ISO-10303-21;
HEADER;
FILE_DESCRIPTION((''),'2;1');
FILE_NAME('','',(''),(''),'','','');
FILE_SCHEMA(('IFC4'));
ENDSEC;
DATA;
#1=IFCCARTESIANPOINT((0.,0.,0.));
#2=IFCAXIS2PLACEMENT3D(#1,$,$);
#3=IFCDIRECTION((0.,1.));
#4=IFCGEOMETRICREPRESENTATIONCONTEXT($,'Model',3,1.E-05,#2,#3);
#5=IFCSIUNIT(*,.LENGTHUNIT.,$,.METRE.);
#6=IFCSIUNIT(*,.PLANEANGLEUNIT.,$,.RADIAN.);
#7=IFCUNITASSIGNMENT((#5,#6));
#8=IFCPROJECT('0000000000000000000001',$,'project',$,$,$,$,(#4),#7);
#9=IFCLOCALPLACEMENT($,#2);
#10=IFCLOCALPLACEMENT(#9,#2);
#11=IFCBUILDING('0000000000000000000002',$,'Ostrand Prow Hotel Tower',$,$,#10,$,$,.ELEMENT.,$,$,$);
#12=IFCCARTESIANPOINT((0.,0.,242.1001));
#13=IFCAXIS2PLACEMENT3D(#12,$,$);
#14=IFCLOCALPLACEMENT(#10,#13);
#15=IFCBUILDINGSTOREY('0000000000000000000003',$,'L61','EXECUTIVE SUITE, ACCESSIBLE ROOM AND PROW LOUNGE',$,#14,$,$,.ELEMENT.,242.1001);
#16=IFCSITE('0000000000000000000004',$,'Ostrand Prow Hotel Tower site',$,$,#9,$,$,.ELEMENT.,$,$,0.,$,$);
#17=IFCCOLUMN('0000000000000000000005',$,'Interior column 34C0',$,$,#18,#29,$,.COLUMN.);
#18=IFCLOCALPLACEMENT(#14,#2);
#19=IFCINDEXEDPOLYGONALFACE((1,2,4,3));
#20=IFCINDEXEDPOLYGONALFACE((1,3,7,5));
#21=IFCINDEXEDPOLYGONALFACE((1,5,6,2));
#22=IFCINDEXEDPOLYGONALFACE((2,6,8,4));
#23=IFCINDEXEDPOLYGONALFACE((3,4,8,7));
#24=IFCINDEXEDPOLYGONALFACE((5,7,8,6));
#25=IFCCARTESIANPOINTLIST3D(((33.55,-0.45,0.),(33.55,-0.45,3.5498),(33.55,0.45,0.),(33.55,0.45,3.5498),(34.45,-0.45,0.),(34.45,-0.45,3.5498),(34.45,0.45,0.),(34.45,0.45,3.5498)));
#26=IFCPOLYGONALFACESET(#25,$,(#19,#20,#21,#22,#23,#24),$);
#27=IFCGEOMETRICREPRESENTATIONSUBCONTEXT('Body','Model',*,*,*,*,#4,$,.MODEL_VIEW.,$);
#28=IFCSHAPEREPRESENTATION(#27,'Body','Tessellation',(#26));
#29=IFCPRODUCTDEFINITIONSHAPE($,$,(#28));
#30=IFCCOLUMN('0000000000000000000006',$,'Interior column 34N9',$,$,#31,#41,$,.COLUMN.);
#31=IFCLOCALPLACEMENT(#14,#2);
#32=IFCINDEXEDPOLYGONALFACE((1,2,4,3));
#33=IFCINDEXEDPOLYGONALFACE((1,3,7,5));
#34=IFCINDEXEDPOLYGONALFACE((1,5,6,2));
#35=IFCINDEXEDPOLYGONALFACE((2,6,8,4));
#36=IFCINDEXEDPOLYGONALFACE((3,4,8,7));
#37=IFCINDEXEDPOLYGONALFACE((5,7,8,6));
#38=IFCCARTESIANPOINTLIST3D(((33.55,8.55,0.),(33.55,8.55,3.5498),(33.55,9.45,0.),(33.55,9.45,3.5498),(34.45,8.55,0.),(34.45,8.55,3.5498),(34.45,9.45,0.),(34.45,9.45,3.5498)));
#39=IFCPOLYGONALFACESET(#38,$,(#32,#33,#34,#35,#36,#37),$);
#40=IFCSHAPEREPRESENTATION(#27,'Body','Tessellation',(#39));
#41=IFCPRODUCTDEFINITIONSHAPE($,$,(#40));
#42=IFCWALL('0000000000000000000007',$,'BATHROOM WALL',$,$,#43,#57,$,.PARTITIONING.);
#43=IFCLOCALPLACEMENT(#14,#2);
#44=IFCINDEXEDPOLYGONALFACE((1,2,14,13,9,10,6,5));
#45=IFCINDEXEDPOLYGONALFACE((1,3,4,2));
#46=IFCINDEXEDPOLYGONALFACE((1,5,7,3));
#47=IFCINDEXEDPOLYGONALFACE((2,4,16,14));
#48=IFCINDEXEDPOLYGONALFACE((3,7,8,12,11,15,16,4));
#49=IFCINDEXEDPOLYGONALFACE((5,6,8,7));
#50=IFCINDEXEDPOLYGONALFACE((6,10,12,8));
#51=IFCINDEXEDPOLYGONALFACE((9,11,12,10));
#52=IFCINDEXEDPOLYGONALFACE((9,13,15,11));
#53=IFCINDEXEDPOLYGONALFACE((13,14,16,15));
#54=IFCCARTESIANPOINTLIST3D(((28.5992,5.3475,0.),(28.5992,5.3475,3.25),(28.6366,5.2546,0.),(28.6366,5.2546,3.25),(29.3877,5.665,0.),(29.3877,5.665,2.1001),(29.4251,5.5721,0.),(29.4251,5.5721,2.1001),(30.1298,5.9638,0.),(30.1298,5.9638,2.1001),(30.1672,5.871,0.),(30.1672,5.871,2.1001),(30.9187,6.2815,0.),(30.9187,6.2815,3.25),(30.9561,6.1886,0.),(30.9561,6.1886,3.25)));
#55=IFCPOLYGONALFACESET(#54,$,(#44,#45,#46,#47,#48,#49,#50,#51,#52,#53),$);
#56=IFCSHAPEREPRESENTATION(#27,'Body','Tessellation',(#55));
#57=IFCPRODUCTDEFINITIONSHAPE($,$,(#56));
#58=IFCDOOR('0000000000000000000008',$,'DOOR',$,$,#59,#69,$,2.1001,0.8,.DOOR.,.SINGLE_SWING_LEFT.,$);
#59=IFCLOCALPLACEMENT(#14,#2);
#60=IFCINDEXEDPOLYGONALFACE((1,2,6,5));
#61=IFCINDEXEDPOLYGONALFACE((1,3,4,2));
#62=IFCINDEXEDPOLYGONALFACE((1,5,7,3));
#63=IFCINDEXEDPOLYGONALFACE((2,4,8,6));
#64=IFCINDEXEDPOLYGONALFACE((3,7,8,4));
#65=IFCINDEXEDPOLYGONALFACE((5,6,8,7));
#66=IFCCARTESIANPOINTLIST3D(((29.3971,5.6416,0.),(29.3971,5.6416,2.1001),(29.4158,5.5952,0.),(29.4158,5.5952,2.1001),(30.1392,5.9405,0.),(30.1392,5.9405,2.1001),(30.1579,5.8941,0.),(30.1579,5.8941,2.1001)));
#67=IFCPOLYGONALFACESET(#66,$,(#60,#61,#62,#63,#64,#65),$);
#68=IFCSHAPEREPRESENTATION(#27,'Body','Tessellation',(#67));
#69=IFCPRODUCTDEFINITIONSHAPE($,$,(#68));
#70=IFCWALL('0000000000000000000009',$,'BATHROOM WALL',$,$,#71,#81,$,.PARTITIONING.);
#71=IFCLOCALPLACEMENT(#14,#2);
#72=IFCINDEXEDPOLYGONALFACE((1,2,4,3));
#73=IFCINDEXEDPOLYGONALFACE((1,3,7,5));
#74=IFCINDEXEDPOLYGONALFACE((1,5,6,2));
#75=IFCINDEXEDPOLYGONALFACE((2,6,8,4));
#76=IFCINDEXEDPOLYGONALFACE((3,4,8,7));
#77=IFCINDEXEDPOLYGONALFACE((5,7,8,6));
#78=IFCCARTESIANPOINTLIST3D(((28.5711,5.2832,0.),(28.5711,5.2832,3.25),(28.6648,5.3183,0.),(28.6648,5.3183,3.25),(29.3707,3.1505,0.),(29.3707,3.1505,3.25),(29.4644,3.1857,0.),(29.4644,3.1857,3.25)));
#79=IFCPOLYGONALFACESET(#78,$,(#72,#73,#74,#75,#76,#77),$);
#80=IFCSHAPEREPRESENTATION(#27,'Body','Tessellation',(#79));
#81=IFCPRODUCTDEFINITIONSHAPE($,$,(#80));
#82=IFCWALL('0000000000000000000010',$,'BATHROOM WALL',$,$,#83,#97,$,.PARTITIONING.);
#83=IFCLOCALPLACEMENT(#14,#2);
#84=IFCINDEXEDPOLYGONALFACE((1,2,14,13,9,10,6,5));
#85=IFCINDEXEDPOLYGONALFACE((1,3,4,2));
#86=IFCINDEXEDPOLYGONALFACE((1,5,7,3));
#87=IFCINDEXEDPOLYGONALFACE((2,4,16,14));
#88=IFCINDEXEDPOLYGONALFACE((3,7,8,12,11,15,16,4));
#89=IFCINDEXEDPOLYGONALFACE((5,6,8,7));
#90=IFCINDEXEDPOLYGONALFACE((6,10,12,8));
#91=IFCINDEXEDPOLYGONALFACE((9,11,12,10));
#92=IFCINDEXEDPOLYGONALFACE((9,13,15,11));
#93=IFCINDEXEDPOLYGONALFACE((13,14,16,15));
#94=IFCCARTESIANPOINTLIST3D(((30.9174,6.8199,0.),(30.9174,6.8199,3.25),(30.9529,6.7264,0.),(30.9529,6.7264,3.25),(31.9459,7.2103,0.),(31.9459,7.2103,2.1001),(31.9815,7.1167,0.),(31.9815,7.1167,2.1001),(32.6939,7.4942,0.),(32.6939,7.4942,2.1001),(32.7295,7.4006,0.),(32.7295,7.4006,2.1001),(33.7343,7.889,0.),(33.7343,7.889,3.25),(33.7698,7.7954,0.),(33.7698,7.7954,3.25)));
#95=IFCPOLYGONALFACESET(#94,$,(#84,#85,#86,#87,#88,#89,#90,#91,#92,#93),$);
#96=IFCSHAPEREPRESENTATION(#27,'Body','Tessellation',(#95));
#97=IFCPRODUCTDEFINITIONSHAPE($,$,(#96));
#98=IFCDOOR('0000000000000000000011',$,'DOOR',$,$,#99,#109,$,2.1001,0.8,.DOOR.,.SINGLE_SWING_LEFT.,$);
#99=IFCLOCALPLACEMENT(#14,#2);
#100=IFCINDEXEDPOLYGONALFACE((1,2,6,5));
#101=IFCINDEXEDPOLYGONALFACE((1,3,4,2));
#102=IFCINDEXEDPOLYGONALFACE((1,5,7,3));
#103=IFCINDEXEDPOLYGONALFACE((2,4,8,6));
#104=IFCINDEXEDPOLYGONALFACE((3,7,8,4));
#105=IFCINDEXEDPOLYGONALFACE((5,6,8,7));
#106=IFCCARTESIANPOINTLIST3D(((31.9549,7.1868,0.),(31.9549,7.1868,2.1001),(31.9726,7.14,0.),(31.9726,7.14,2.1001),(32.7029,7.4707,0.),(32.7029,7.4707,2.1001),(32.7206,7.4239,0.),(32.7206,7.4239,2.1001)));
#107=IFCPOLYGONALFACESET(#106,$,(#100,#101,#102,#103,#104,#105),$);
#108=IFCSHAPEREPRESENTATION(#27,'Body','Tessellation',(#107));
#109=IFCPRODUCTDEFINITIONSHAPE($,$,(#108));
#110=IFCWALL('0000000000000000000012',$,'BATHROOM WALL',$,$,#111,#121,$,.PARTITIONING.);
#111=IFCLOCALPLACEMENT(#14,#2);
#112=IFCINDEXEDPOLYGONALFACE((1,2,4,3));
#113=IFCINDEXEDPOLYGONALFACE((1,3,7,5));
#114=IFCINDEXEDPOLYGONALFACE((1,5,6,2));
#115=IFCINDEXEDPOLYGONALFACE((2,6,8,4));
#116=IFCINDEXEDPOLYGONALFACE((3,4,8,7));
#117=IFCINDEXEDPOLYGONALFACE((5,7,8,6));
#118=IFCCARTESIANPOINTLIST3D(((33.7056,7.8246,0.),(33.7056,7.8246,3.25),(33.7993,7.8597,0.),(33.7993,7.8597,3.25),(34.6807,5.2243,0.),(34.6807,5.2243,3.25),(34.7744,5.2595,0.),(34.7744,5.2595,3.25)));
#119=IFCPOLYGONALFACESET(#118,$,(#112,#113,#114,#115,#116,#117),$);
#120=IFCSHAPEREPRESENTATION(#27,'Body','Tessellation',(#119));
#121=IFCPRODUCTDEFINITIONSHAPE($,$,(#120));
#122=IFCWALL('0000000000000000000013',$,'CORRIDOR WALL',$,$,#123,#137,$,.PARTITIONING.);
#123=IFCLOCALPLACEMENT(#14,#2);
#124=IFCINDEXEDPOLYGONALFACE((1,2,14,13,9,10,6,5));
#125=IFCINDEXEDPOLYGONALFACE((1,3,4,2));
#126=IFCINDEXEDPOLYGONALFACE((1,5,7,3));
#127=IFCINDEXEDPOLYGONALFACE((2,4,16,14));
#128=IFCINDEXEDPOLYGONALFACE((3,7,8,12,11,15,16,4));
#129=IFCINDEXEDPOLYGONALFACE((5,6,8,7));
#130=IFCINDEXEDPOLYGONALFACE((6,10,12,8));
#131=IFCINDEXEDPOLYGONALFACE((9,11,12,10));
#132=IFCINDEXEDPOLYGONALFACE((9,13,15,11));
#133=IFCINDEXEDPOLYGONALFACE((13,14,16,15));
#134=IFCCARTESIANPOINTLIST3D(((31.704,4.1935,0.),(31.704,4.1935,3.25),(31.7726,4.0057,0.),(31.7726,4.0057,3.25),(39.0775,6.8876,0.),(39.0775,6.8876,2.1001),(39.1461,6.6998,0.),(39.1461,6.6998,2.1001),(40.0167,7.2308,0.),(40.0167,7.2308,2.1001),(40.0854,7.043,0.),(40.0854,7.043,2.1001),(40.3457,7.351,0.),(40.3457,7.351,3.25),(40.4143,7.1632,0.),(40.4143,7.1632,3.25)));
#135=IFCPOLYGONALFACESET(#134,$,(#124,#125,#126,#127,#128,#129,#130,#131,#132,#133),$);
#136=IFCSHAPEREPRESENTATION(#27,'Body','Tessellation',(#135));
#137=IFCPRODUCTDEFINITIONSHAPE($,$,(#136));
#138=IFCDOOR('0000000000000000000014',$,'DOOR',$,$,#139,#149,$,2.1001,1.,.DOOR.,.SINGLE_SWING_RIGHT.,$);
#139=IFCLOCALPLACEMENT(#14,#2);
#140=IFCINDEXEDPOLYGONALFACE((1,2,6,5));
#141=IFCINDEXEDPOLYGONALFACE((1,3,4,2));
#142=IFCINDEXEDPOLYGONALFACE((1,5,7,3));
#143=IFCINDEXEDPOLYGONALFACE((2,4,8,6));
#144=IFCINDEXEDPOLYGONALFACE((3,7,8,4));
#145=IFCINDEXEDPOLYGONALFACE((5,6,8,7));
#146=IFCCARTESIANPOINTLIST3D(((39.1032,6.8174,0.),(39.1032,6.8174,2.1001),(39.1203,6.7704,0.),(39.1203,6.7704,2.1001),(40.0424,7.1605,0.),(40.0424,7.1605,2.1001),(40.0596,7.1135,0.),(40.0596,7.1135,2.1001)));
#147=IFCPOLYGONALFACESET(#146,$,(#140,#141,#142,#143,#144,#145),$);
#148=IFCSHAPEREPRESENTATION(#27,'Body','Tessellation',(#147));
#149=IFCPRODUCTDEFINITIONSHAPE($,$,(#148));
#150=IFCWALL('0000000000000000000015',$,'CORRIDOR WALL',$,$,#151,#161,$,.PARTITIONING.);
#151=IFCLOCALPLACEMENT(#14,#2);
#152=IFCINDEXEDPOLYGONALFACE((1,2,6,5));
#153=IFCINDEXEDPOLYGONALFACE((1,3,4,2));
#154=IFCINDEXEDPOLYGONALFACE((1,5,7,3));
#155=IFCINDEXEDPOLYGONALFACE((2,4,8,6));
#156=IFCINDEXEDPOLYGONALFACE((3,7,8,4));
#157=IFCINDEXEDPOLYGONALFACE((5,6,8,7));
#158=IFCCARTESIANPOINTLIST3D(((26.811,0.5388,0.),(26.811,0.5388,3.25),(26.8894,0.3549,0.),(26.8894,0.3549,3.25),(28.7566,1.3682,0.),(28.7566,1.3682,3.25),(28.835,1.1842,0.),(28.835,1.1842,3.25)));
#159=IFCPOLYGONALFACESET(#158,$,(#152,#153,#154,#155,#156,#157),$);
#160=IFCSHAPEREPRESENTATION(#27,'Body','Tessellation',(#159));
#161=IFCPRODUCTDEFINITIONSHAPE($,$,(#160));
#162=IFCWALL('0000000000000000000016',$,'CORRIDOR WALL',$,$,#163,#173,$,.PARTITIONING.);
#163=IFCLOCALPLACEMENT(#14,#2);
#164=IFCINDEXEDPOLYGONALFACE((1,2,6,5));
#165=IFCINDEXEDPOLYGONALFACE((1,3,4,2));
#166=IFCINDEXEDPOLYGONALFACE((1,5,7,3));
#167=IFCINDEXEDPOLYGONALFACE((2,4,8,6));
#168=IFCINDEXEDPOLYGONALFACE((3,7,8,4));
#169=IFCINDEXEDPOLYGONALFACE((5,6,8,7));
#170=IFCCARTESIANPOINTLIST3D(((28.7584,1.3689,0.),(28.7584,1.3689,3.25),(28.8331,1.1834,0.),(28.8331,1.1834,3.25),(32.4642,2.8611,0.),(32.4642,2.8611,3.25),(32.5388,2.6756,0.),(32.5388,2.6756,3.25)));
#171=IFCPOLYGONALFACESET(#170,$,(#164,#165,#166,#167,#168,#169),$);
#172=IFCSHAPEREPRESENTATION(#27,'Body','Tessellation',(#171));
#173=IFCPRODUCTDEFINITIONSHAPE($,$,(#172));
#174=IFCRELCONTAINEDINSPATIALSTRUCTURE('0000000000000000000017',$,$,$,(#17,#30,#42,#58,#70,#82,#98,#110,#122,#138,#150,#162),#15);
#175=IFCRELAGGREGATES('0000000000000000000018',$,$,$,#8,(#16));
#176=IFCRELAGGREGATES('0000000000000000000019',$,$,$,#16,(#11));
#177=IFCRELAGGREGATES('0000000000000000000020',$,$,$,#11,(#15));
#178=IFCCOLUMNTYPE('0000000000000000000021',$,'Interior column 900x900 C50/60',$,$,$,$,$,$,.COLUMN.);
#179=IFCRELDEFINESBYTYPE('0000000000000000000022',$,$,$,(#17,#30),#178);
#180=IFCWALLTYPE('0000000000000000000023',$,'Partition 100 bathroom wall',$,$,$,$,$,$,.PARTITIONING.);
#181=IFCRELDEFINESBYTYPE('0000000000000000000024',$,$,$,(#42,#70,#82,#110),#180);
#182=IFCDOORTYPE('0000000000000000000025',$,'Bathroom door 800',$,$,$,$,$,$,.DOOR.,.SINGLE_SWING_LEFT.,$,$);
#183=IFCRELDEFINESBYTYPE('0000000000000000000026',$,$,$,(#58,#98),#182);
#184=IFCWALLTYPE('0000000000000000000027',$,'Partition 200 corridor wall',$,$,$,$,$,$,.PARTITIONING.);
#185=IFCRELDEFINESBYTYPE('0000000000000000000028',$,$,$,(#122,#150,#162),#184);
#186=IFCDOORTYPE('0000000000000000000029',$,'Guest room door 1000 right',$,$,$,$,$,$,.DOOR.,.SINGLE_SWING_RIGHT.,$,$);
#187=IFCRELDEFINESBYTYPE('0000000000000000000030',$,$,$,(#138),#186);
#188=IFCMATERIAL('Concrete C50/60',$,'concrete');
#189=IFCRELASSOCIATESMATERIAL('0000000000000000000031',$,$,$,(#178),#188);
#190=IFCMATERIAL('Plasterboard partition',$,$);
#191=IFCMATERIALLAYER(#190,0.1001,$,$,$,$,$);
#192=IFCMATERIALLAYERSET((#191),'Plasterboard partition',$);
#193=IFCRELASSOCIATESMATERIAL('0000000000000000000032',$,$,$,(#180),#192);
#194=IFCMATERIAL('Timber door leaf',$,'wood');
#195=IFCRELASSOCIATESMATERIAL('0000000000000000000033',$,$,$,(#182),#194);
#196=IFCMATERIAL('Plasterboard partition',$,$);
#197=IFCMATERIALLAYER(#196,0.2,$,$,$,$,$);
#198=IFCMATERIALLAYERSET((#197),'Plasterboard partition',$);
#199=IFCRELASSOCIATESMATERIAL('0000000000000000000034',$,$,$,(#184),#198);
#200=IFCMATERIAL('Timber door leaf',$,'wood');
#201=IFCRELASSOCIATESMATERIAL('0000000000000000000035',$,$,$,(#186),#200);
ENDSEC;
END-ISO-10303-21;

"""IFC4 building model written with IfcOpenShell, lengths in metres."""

from ifc_helpers import new_model, si_unit, direction, frame, frame_2d, origin, origin_2d, place, context, subcontext, project, spatial, rectangle, extrude, material, layer, layer_set, material_profile, profile_set, type_object, element, fill, save


model = new_model("IFC4")

# Units and contexts
model_context = context("Model", 3, precision=1e-05, world=origin(), true_north=direction((0.0, 1.0)))
body_context = subcontext(model_context, "Body", "Model", "MODEL_VIEW")
ifc_project = project(units=[si_unit("LENGTHUNIT", "METRE"), si_unit("PLANEANGLEUNIT", "RADIAN")], contexts=[model_context])

# Site, building, storey
site_placement = place(None, origin())
site = spatial("IfcSite", under=ifc_project, at=site_placement, Name="Ostrand Prow Hotel Tower site", CompositionType="ELEMENT", RefElevation=0.0)
building_placement = place(site_placement, origin())
building = spatial("IfcBuilding", under=site, at=building_placement, Name="Ostrand Prow Hotel Tower", CompositionType="ELEMENT")
storey_placement = place(building_placement, frame((0.0, 0.0, 242.1001)))
storey = spatial("IfcBuildingStorey", under=building, at=storey_placement, Name="L61", Description="EXECUTIVE SUITE, ACCESSIBLE ROOM AND PROW LOUNGE", CompositionType="ELEMENT", Elevation=242.1001)

# Columns
ifc_material_1 = material(Name="Concrete C50/60", Category="concrete")
ifc_material_profile = material_profile(ifc_material_1, rectangle(XDim=0.8999, YDim=0.8999, at=origin_2d()), Name="RC 900x900")
ifc_profile_set = profile_set([ifc_material_profile], Name="Concrete C50/60")
column_type = type_object("IfcColumnType", Name="Interior column 900x900 C50/60", PredefinedType="COLUMN", material=ifc_profile_set)
for number, where, z_axis, x_axis, name in (
    (1, (34.0, 0.0, 0.0), (0.0, 0.0, 1.0), (1.0, 0.0, 0.0), "Interior column 34C0"),
    (2, (34.0, 9.0, 0.0), (0.0, 0.0, 1.0), (1.0, 0.0, 0.0), "Interior column 34N9"),
):
    element("IfcColumn", number, at=place(storey_placement, frame(where, z_axis=z_axis, x_axis=x_axis)), inside=storey, type_object=column_type, Name=name, PredefinedType="COLUMN", context=body_context, shape_type="SweptSolid", body=[
        extrude(rectangle(XDim=0.8999, YDim=0.8999, at=origin_2d()), origin(), (0.0, 0.0, 1.0), 3.5498),
    ])

# Wall, opening, door
ifc_material_2 = material(Name="Plasterboard partition")
ifc_layer_1 = layer(ifc_material_2, 0.1001)
ifc_layer_set_1 = layer_set([ifc_layer_1], Name="Plasterboard partition")
wall_type_1 = type_object("IfcWallType", Name="Partition 100 bathroom wall", PredefinedType="PARTITIONING", material=ifc_layer_set_1)
wall_1_placement = place(storey_placement, frame((28.6179, 5.301, 0.0), z_axis=(0.0, 0.0, 1.0), x_axis=(0.927612, 0.373544, 0.0)))
wall_1 = element("IfcWall", 3, at=wall_1_placement, inside=storey, type_object=wall_type_1, Name="BATHROOM WALL", PredefinedType="PARTITIONING", context=body_context, shape_type="SweptSolid", body=[
    extrude(rectangle(XDim=2.5005, YDim=0.1001, at=frame_2d((1.2502, 0.0))), origin(), (0.0, 0.0, 1.0), 3.25),
])
opening_1_placement = place(wall_1_placement, frame((0.8501, 0.0, 0.0)))
opening_1 = element("IfcOpeningElement", 4, at=opening_1_placement, cuts=wall_1, PredefinedType="OPENING", context=body_context, shape_type="SweptSolid", body=[
    extrude(rectangle(XDim=0.8, YDim=2.1001, at=frame_2d((0.3999, 1.05))), frame((0.0, 0.0601, 0.0), z_axis=(0.0, -1.0, 0.0), x_axis=(1.0, 0.0, 0.0)), (0.0, 0.0, 1.0), 0.1201),
])
ifc_material_3 = material(Name="Timber door leaf", Category="wood")
door_type_1 = type_object("IfcDoorType", Name="Bathroom door 800", OperationType="SINGLE_SWING_LEFT", PredefinedType="DOOR", material=ifc_material_3)
door_1_placement = place(opening_1_placement, origin())
door_1 = element("IfcDoor", 5, at=door_1_placement, inside=storey, type_object=door_type_1, Name="DOOR", OperationType="SINGLE_SWING_LEFT", OverallHeight=2.1001, OverallWidth=0.8, PredefinedType="DOOR", context=body_context, shape_type="SweptSolid", body=[
    extrude(rectangle(XDim=0.8, YDim=2.1001, at=frame_2d((0.3999, 1.05))), frame((0.0, 0.0249, 0.0), z_axis=(0.0, -1.0, 0.0), x_axis=(1.0, 0.0, 0.0)), (0.0, 0.0, 1.0), 0.05),
])
fill(opening_1, door_1)

# Wall
wall_2_placement = place(storey_placement, frame((29.4175, 3.1682, 0.0), z_axis=(0.0, 0.0, 1.0), x_axis=(-0.351065, 0.936351, 0.0)))
element("IfcWall", 6, at=wall_2_placement, inside=storey, type_object=wall_type_1, Name="BATHROOM WALL", PredefinedType="PARTITIONING", context=body_context, shape_type="SweptSolid", body=[
    extrude(rectangle(XDim=2.2776, YDim=0.1001, at=frame_2d((1.1387, 0.0))), origin(), (0.0, 0.0, 1.0), 3.25),
])

# Wall, opening, door
wall_3_placement = place(storey_placement, frame((30.9353, 6.7732, 0.0), z_axis=(0.0, 0.0, 1.0), x_axis=(0.93493, 0.354833, 0.0)))
wall_3 = element("IfcWall", 7, at=wall_3_placement, inside=storey, type_object=wall_type_1, Name="BATHROOM WALL", PredefinedType="PARTITIONING", context=body_context, shape_type="SweptSolid", body=[
    extrude(rectangle(XDim=3.0129, YDim=0.1001, at=frame_2d((1.5063, 0.0))), origin(), (0.0, 0.0, 1.0), 3.25),
])
opening_2_placement = place(wall_3_placement, frame((1.1001, 0.0, 0.0)))
opening_2 = element("IfcOpeningElement", 8, at=opening_2_placement, cuts=wall_3, PredefinedType="OPENING", context=body_context, shape_type="SweptSolid", body=[
    extrude(rectangle(XDim=0.8, YDim=2.1001, at=frame_2d((0.3999, 1.05))), frame((0.0, 0.0601, 0.0), z_axis=(0.0, -1.0, 0.0), x_axis=(1.0, 0.0, 0.0)), (0.0, 0.0, 1.0), 0.1201),
])
door_2_placement = place(opening_2_placement, origin())
door_2 = element("IfcDoor", 9, at=door_2_placement, inside=storey, type_object=door_type_1, Name="DOOR", OperationType="SINGLE_SWING_LEFT", OverallHeight=2.1001, OverallWidth=0.8, PredefinedType="DOOR", context=body_context, shape_type="SweptSolid", body=[
    extrude(rectangle(XDim=0.8, YDim=2.1001, at=frame_2d((0.3999, 1.05))), frame((0.0, 0.0249, 0.0), z_axis=(0.0, -1.0, 0.0), x_axis=(1.0, 0.0, 0.0)), (0.0, 0.0, 1.0), 0.05),
])
fill(opening_2, door_2)

# Wall
wall_4_placement = place(storey_placement, frame((33.7524, 7.8423, 0.0), z_axis=(0.0, 0.0, 1.0), x_axis=(0.351114, -0.936333, 0.0)))
element("IfcWall", 10, at=wall_4_placement, inside=storey, type_object=wall_type_1, Name="BATHROOM WALL", PredefinedType="PARTITIONING", context=body_context, shape_type="SweptSolid", body=[
    extrude(rectangle(XDim=2.7771, YDim=0.1001, at=frame_2d((1.3887, 0.0))), origin(), (0.0, 0.0, 1.0), 3.25),
])

# Wall, opening, door
ifc_material_4 = material(Name="Plasterboard partition")
ifc_layer_2 = layer(ifc_material_4, 0.2)
ifc_layer_set_2 = layer_set([ifc_layer_2], Name="Plasterboard partition")
wall_type_2 = type_object("IfcWallType", Name="Partition 200 corridor wall", PredefinedType="PARTITIONING", material=ifc_layer_set_2)
wall_5_placement = place(storey_placement, frame((40.3799, 7.2571, 0.0), z_axis=(0.0, 0.0, 1.0), x_axis=(-0.939266, -0.343189, 0.0)))
wall_5 = element("IfcWall", 11, at=wall_5_placement, inside=storey, type_object=wall_type_2, Name="CORRIDOR WALL", PredefinedType="PARTITIONING", context=body_context, shape_type="SweptSolid", body=[
    extrude(rectangle(XDim=9.2004, YDim=0.2, at=frame_2d((4.6001, 0.0))), origin(), (0.0, 0.0, 1.0), 3.25),
])
opening_3_placement = place(wall_5_placement, frame((0.3501, 0.0, 0.0)))
opening_3 = element("IfcOpeningElement", 12, at=opening_3_placement, cuts=wall_5, PredefinedType="OPENING", context=body_context, shape_type="SweptSolid", body=[
    extrude(rectangle(XDim=1.0, YDim=2.1001, at=frame_2d((0.5, 1.05))), frame((0.0, 0.1099, 0.0), z_axis=(0.0, -1.0, 0.0), x_axis=(1.0, 0.0, 0.0)), (0.0, 0.0, 1.0), 0.22),
])
ifc_material_5 = material(Name="Timber door leaf", Category="wood")
door_type_2 = type_object("IfcDoorType", Name="Guest room door 1000 right", OperationType="SINGLE_SWING_RIGHT", PredefinedType="DOOR", material=ifc_material_5)
door_3_placement = place(opening_3_placement, origin())
door_3 = element("IfcDoor", 13, at=door_3_placement, inside=storey, type_object=door_type_2, Name="DOOR", OperationType="SINGLE_SWING_RIGHT", OverallHeight=2.1001, OverallWidth=1.0, PredefinedType="DOOR", context=body_context, shape_type="SweptSolid", body=[
    extrude(rectangle(XDim=1.0, YDim=2.1001, at=frame_2d((0.5, 1.05))), frame((0.0, 0.0249, 0.0), z_axis=(0.0, -1.0, 0.0), x_axis=(1.0, 0.0, 0.0)), (0.0, 0.0, 1.0), 0.05),
])
fill(opening_3, door_3)

# Walls
wall_6_placement = place(storey_placement, frame((26.8501, 0.4468, 0.0), z_axis=(0.0, 0.0, 1.0), x_axis=(0.919908, 0.392135, 0.0)))
element("IfcWall", 14, at=wall_6_placement, inside=storey, type_object=wall_type_2, Name="CORRIDOR WALL", PredefinedType="PARTITIONING", context=body_context, shape_type="SweptSolid", body=[
    extrude(rectangle(XDim=2.115, YDim=0.2, at=frame_2d((1.0576, 0.0))), origin(), (0.0, 0.0, 1.0), 3.25),
])
wall_7_placement = place(storey_placement, frame((28.7957, 1.2761, 0.0), z_axis=(0.0, 0.0, 1.0), x_axis=(0.927623, 0.373518, 0.0)))
element("IfcWall", 15, at=wall_7_placement, inside=storey, type_object=wall_type_2, Name="CORRIDOR WALL", PredefinedType="PARTITIONING", context=body_context, shape_type="SweptSolid", body=[
    extrude(rectangle(XDim=3.9949, YDim=0.2, at=frame_2d((1.9976, 0.0))), origin(), (0.0, 0.0, 1.0), 3.25),
])

save(model, "model.ifc")
